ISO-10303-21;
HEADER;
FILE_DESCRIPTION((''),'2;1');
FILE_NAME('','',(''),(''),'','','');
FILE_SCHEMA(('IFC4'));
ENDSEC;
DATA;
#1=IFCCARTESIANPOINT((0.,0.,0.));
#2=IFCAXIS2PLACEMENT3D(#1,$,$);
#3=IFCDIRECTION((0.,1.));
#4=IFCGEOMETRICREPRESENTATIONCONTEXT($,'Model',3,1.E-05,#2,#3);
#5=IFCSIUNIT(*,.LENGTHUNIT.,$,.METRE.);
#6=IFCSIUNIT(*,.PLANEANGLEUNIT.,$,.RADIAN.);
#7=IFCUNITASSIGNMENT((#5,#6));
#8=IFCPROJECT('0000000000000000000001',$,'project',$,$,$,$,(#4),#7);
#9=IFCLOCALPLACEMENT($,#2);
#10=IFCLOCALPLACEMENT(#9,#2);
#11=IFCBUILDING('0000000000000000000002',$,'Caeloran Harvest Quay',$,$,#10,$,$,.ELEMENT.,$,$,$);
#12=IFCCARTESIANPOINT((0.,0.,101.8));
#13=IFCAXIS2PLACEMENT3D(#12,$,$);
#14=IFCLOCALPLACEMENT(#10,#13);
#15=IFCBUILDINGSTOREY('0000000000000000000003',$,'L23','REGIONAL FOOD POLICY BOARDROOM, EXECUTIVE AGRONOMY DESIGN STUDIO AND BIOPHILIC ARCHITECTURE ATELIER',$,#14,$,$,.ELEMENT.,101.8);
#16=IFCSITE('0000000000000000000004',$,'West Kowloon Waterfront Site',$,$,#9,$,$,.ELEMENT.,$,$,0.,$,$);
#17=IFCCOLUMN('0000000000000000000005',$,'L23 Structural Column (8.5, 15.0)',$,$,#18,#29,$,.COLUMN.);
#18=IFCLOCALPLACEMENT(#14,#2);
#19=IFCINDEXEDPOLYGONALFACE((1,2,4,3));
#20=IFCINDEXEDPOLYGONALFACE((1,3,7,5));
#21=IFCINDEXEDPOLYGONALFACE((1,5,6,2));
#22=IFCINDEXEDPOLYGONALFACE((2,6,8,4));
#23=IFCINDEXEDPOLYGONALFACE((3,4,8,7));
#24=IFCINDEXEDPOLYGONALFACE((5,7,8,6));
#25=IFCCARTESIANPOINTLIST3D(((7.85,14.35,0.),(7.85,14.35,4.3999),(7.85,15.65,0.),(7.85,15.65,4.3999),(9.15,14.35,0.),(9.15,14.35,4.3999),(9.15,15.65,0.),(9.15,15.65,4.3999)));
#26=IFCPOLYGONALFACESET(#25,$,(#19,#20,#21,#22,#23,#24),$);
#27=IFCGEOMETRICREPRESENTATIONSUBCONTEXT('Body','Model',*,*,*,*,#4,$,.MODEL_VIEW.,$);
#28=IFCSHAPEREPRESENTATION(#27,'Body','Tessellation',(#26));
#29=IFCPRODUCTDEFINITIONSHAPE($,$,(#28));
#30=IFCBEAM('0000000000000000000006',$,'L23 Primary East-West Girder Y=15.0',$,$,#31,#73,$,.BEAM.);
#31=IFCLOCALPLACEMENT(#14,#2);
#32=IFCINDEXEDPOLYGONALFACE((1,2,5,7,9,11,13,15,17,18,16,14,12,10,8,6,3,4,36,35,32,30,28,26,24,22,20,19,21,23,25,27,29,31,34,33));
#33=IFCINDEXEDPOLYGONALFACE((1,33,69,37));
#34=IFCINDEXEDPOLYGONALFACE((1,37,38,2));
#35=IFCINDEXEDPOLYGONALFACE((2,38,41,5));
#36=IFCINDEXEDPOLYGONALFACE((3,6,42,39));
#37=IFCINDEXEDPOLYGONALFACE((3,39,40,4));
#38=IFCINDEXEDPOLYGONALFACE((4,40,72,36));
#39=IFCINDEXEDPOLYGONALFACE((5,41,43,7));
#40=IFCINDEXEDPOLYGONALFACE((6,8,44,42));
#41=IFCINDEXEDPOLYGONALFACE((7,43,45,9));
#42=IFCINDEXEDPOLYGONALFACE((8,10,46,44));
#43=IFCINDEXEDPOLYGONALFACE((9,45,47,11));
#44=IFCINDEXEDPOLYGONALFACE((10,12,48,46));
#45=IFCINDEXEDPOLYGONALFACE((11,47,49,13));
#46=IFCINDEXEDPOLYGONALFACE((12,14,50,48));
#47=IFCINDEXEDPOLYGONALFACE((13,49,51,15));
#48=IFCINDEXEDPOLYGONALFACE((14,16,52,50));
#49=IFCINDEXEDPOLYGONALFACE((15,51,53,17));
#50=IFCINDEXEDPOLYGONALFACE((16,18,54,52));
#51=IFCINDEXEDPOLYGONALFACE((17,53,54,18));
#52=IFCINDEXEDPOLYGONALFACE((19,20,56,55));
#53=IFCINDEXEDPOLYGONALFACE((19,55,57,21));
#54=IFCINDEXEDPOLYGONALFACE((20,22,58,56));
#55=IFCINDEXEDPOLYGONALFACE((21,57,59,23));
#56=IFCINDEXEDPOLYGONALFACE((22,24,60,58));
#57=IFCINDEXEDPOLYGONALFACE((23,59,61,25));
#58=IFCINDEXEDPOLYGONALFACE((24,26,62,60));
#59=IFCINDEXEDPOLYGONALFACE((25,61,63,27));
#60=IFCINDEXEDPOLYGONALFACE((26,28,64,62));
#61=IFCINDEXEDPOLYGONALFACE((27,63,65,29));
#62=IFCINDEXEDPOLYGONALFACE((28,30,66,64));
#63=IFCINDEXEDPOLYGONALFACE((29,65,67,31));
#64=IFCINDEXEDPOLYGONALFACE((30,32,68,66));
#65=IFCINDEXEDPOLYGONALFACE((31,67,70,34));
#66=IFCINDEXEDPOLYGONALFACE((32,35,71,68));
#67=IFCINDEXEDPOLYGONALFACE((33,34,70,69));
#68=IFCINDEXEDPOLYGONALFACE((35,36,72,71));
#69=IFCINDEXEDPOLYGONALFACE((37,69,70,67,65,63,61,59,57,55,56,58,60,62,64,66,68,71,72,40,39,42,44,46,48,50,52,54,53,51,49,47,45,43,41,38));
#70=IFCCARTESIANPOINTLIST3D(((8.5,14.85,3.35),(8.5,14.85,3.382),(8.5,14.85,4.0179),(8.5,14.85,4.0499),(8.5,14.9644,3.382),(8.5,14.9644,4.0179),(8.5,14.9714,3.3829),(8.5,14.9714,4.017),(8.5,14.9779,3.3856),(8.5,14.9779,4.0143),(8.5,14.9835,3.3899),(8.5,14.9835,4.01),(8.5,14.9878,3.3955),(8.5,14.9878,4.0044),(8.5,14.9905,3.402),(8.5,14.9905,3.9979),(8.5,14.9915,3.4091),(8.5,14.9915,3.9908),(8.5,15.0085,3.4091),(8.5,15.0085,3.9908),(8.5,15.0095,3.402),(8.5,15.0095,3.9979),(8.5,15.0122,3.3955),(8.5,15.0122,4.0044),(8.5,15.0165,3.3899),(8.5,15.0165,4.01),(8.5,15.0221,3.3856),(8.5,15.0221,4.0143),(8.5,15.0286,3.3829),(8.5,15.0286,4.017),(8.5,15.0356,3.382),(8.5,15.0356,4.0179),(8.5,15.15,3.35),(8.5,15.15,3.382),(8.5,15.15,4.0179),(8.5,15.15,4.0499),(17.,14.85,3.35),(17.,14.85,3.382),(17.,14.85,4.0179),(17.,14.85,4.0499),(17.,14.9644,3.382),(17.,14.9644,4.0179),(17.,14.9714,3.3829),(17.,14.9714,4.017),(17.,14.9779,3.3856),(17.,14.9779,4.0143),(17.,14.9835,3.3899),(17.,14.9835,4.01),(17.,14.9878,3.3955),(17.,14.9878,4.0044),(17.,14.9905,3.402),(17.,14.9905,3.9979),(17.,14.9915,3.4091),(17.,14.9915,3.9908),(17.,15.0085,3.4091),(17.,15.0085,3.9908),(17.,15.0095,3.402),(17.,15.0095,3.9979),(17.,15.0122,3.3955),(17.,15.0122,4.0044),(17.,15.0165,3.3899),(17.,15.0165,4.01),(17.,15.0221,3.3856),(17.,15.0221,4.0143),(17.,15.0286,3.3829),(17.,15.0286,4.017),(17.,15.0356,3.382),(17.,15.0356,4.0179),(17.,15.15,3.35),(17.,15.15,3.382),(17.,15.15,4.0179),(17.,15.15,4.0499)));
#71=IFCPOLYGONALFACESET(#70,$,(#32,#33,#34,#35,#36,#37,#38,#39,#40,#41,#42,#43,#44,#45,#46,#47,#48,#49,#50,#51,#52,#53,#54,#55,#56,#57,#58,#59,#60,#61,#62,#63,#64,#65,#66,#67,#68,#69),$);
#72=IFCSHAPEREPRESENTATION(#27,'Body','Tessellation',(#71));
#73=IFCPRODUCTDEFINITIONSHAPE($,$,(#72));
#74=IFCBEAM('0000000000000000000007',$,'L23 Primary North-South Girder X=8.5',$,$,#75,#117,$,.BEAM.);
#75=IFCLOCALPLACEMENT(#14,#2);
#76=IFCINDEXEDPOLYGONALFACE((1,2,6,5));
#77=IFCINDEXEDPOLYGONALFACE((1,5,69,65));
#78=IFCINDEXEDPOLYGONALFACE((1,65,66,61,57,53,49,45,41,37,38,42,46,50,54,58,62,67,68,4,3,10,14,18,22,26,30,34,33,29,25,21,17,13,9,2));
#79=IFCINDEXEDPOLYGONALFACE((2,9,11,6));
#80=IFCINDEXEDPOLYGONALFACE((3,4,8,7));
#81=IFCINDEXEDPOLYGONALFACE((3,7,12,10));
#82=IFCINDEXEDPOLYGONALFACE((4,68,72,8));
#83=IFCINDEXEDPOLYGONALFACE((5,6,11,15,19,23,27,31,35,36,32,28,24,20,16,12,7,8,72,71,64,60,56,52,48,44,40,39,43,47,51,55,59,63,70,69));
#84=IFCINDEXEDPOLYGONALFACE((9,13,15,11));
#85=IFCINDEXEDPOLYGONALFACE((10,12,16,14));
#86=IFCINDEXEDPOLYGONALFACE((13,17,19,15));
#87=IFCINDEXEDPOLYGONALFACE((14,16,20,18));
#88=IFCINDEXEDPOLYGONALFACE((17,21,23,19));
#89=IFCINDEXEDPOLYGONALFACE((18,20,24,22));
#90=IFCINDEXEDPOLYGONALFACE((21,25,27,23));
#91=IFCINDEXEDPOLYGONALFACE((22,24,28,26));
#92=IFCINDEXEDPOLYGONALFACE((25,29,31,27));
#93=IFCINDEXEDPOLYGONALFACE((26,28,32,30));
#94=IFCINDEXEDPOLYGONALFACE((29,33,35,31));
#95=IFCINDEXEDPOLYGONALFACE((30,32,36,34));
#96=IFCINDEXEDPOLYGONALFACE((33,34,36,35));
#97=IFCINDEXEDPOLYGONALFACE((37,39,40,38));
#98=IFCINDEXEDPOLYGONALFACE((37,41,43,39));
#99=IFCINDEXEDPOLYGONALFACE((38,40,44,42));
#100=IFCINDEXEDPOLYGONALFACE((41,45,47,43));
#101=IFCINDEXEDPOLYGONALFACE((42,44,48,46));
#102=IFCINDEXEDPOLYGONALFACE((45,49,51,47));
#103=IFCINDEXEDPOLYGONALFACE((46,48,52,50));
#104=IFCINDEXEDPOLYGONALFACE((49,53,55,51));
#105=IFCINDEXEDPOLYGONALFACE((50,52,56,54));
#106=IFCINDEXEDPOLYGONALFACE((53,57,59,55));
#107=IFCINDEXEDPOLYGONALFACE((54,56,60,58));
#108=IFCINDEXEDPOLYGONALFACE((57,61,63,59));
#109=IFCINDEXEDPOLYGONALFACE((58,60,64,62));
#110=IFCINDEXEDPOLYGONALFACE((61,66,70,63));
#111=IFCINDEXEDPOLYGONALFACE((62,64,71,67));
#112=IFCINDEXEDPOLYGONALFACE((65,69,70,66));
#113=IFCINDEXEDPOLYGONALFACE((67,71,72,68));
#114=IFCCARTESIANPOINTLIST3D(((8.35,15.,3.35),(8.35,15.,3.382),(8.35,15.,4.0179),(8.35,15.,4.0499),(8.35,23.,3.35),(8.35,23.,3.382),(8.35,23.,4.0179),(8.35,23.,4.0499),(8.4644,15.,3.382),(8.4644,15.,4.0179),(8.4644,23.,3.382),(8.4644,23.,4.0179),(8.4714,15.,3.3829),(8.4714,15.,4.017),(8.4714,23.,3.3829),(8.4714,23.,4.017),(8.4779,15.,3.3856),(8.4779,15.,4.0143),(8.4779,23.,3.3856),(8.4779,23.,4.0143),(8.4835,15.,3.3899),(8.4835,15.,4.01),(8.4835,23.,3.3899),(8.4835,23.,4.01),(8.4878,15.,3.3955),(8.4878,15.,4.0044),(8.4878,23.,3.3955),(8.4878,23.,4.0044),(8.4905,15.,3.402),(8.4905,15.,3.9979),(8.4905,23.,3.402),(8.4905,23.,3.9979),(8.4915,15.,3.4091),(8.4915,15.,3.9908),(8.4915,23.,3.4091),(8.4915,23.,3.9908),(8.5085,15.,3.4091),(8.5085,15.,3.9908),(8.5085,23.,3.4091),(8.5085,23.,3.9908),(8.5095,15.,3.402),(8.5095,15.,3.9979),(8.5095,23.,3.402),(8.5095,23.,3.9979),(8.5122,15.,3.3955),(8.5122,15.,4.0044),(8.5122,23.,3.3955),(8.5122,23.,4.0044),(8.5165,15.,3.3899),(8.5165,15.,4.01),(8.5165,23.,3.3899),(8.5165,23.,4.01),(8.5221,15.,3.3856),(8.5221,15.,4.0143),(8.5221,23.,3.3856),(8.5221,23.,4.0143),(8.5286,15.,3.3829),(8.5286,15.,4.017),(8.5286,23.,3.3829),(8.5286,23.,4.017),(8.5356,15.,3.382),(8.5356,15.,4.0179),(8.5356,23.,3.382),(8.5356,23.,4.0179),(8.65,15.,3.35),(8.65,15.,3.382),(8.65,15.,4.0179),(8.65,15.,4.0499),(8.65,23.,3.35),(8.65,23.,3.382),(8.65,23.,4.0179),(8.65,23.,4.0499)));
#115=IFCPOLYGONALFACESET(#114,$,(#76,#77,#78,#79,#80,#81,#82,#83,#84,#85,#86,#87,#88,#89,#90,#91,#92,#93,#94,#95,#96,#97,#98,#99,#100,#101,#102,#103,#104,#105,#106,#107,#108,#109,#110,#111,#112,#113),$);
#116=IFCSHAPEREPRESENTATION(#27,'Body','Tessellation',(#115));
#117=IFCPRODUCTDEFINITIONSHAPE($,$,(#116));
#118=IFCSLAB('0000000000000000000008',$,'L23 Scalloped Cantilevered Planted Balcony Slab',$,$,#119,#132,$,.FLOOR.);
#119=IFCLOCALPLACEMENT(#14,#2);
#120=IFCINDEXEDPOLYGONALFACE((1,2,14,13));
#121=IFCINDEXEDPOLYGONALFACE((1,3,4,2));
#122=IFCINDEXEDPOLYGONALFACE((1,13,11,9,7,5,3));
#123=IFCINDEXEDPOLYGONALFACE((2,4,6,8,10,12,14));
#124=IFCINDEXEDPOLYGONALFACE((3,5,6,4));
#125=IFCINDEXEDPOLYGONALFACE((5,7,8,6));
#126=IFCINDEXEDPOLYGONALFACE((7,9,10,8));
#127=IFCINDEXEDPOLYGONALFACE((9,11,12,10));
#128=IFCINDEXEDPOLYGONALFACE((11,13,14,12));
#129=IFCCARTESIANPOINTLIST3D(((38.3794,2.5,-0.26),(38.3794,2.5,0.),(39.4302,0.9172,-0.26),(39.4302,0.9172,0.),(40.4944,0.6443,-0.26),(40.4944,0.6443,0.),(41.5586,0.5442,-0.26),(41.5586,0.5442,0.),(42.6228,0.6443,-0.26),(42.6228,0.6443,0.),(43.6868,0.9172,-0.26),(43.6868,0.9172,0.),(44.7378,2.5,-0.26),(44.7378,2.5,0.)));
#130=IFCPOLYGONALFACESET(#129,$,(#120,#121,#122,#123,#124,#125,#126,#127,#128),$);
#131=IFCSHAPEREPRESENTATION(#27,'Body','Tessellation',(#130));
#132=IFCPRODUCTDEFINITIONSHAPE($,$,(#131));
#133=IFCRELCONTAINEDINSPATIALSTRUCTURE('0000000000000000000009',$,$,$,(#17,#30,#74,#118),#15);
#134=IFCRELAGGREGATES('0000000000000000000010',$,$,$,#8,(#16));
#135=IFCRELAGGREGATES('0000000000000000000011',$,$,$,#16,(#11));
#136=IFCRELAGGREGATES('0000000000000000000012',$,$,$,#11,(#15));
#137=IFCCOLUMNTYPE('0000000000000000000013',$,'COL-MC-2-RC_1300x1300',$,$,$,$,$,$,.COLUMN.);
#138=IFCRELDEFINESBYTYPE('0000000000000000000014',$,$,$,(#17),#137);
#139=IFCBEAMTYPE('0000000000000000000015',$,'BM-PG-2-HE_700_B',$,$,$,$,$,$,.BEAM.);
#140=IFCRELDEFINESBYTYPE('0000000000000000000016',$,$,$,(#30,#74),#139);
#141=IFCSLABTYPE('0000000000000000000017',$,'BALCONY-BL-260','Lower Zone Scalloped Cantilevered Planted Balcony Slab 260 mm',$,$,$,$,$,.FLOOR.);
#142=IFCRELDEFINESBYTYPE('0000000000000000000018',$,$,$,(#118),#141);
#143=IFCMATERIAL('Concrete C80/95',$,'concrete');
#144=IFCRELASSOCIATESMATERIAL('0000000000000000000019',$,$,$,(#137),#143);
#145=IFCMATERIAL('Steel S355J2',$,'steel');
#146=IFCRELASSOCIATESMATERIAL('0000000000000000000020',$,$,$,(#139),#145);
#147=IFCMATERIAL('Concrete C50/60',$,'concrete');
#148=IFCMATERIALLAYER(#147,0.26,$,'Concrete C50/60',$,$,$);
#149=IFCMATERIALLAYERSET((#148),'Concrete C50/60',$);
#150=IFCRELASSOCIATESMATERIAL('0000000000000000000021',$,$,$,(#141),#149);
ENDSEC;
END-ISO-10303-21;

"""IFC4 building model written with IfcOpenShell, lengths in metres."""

from ifc_helpers import new_model, si_unit, direction, frame, origin, origin_2d, place, context, subcontext, project, spatial, polyline, rectangle, i_section, outline, extrude, material, layer, layer_set, material_profile, profile_set, type_object, element, save


model = new_model("IFC4")

# Units and contexts
model_context = context("Model", 3, precision=1e-05, world=origin(), true_north=direction((0.0, 1.0)))
body_context = subcontext(model_context, "Body", "Model", "MODEL_VIEW")
ifc_project = project(units=[si_unit("LENGTHUNIT", "METRE"), si_unit("PLANEANGLEUNIT", "RADIAN")], contexts=[model_context])

# Site, building, storey
site_placement = place(None, origin())
site = spatial("IfcSite", under=ifc_project, at=site_placement, Name="West Kowloon Waterfront Site", CompositionType="ELEMENT", RefElevation=0.0)
building_placement = place(site_placement, origin())
building = spatial("IfcBuilding", under=site, at=building_placement, Name="Caeloran Harvest Quay", CompositionType="ELEMENT")
storey_placement = place(building_placement, frame((0.0, 0.0, 101.8)))
storey = spatial("IfcBuildingStorey", under=building, at=storey_placement, Name="L23", Description="REGIONAL FOOD POLICY BOARDROOM, EXECUTIVE AGRONOMY DESIGN STUDIO AND BIOPHILIC ARCHITECTURE ATELIER", CompositionType="ELEMENT", Elevation=101.8)

# Column
ifc_material_1 = material(Name="Concrete C80/95", Category="concrete")
ifc_material_profile_1 = material_profile(ifc_material_1, rectangle(XDim=1.3, YDim=1.3, at=origin_2d()), Name="RC 1300x1300")
ifc_profile_set_1 = profile_set([ifc_material_profile_1], Name="Concrete C80/95")
column_type = type_object("IfcColumnType", Name="COL-MC-2-RC_1300x1300", PredefinedType="COLUMN", material=ifc_profile_set_1)
column_placement = place(storey_placement, frame((8.5, 15.0, 0.0), z_axis=(0.0, 0.0, 1.0), x_axis=(1.0, 0.0, 0.0)))
element("IfcColumn", 1, at=column_placement, inside=storey, type_object=column_type, Name="L23 Structural Column (8.5, 15.0)", PredefinedType="COLUMN", context=body_context, shape_type="SweptSolid", body=[
    extrude(rectangle(XDim=1.3, YDim=1.3, at=origin_2d()), origin(), (0.0, 0.0, 1.0), 4.3999),
])

# Beams
ifc_material_2 = material(Name="Steel S355J2", Category="steel")
ifc_material_profile_2 = material_profile(ifc_material_2, i_section(OverallWidth=0.3, OverallDepth=0.7, WebThickness=0.0171, FlangeThickness=0.032, FilletRadius=0.0271, at=origin_2d()), Name="HE 700 B")
ifc_profile_set_2 = profile_set([ifc_material_profile_2], Name="Steel S355J2")
beam_type = type_object("IfcBeamType", Name="BM-PG-2-HE_700_B", PredefinedType="BEAM", material=ifc_profile_set_2)
beam_1_placement = place(storey_placement, frame((8.5, 15.0, 3.7), z_axis=(1.0, 0.0, 0.0), x_axis=(0.0, 1.0, 0.0)))
element("IfcBeam", 2, at=beam_1_placement, inside=storey, type_object=beam_type, Name="L23 Primary East-West Girder Y=15.0", PredefinedType="BEAM", context=body_context, shape_type="SweptSolid", body=[
    extrude(i_section(OverallWidth=0.3, OverallDepth=0.7, WebThickness=0.0171, FlangeThickness=0.032, FilletRadius=0.0271, at=origin_2d()), origin(), (0.0, 0.0, 1.0), 8.5),
])
beam_2_placement = place(storey_placement, frame((8.5, 15.0, 3.7), z_axis=(0.0, 1.0, 0.0), x_axis=(-1.0, 0.0, 0.0)))
element("IfcBeam", 3, at=beam_2_placement, inside=storey, type_object=beam_type, Name="L23 Primary North-South Girder X=8.5", PredefinedType="BEAM", context=body_context, shape_type="SweptSolid", body=[
    extrude(i_section(OverallWidth=0.3, OverallDepth=0.7, WebThickness=0.0171, FlangeThickness=0.032, FilletRadius=0.0271, at=origin_2d()), origin(), (0.0, 0.0, 1.0), 8.0),
])

# Slab
ifc_material_3 = material(Name="Concrete C50/60", Category="concrete")
ifc_layer_1 = layer(ifc_material_3, 0.26, Name="Concrete C50/60")
ifc_layer_set_1 = layer_set([ifc_layer_1], Name="Concrete C50/60")
slab_type_1 = type_object("IfcSlabType", Name="BALCONY-BL-260", Description="Lower Zone Scalloped Cantilevered Planted Balcony Slab 260 mm", PredefinedType="FLOOR", material=ifc_layer_set_1)
slab_1_placement = place(storey_placement, frame((0.0, 0.0, -0.26)))
element("IfcSlab", 4, at=slab_1_placement, inside=storey, type_object=slab_type_1, Name="L23 Scalloped Cantilevered Planted Balcony Slab", PredefinedType="FLOOR", context=body_context, shape_type="SweptSolid", body=[
    extrude(outline(polyline([(43.6868, 0.9172), (42.6228, 0.6443), (41.5586, 0.5442), (40.4944, 0.6443), (39.4302, 0.9172), (38.3794, 2.5), (44.7378, 2.5), (43.6868, 0.9172)])), origin(), (0.0, 0.0, 1.0), 0.26),
])

save(model, "model.ifc")
